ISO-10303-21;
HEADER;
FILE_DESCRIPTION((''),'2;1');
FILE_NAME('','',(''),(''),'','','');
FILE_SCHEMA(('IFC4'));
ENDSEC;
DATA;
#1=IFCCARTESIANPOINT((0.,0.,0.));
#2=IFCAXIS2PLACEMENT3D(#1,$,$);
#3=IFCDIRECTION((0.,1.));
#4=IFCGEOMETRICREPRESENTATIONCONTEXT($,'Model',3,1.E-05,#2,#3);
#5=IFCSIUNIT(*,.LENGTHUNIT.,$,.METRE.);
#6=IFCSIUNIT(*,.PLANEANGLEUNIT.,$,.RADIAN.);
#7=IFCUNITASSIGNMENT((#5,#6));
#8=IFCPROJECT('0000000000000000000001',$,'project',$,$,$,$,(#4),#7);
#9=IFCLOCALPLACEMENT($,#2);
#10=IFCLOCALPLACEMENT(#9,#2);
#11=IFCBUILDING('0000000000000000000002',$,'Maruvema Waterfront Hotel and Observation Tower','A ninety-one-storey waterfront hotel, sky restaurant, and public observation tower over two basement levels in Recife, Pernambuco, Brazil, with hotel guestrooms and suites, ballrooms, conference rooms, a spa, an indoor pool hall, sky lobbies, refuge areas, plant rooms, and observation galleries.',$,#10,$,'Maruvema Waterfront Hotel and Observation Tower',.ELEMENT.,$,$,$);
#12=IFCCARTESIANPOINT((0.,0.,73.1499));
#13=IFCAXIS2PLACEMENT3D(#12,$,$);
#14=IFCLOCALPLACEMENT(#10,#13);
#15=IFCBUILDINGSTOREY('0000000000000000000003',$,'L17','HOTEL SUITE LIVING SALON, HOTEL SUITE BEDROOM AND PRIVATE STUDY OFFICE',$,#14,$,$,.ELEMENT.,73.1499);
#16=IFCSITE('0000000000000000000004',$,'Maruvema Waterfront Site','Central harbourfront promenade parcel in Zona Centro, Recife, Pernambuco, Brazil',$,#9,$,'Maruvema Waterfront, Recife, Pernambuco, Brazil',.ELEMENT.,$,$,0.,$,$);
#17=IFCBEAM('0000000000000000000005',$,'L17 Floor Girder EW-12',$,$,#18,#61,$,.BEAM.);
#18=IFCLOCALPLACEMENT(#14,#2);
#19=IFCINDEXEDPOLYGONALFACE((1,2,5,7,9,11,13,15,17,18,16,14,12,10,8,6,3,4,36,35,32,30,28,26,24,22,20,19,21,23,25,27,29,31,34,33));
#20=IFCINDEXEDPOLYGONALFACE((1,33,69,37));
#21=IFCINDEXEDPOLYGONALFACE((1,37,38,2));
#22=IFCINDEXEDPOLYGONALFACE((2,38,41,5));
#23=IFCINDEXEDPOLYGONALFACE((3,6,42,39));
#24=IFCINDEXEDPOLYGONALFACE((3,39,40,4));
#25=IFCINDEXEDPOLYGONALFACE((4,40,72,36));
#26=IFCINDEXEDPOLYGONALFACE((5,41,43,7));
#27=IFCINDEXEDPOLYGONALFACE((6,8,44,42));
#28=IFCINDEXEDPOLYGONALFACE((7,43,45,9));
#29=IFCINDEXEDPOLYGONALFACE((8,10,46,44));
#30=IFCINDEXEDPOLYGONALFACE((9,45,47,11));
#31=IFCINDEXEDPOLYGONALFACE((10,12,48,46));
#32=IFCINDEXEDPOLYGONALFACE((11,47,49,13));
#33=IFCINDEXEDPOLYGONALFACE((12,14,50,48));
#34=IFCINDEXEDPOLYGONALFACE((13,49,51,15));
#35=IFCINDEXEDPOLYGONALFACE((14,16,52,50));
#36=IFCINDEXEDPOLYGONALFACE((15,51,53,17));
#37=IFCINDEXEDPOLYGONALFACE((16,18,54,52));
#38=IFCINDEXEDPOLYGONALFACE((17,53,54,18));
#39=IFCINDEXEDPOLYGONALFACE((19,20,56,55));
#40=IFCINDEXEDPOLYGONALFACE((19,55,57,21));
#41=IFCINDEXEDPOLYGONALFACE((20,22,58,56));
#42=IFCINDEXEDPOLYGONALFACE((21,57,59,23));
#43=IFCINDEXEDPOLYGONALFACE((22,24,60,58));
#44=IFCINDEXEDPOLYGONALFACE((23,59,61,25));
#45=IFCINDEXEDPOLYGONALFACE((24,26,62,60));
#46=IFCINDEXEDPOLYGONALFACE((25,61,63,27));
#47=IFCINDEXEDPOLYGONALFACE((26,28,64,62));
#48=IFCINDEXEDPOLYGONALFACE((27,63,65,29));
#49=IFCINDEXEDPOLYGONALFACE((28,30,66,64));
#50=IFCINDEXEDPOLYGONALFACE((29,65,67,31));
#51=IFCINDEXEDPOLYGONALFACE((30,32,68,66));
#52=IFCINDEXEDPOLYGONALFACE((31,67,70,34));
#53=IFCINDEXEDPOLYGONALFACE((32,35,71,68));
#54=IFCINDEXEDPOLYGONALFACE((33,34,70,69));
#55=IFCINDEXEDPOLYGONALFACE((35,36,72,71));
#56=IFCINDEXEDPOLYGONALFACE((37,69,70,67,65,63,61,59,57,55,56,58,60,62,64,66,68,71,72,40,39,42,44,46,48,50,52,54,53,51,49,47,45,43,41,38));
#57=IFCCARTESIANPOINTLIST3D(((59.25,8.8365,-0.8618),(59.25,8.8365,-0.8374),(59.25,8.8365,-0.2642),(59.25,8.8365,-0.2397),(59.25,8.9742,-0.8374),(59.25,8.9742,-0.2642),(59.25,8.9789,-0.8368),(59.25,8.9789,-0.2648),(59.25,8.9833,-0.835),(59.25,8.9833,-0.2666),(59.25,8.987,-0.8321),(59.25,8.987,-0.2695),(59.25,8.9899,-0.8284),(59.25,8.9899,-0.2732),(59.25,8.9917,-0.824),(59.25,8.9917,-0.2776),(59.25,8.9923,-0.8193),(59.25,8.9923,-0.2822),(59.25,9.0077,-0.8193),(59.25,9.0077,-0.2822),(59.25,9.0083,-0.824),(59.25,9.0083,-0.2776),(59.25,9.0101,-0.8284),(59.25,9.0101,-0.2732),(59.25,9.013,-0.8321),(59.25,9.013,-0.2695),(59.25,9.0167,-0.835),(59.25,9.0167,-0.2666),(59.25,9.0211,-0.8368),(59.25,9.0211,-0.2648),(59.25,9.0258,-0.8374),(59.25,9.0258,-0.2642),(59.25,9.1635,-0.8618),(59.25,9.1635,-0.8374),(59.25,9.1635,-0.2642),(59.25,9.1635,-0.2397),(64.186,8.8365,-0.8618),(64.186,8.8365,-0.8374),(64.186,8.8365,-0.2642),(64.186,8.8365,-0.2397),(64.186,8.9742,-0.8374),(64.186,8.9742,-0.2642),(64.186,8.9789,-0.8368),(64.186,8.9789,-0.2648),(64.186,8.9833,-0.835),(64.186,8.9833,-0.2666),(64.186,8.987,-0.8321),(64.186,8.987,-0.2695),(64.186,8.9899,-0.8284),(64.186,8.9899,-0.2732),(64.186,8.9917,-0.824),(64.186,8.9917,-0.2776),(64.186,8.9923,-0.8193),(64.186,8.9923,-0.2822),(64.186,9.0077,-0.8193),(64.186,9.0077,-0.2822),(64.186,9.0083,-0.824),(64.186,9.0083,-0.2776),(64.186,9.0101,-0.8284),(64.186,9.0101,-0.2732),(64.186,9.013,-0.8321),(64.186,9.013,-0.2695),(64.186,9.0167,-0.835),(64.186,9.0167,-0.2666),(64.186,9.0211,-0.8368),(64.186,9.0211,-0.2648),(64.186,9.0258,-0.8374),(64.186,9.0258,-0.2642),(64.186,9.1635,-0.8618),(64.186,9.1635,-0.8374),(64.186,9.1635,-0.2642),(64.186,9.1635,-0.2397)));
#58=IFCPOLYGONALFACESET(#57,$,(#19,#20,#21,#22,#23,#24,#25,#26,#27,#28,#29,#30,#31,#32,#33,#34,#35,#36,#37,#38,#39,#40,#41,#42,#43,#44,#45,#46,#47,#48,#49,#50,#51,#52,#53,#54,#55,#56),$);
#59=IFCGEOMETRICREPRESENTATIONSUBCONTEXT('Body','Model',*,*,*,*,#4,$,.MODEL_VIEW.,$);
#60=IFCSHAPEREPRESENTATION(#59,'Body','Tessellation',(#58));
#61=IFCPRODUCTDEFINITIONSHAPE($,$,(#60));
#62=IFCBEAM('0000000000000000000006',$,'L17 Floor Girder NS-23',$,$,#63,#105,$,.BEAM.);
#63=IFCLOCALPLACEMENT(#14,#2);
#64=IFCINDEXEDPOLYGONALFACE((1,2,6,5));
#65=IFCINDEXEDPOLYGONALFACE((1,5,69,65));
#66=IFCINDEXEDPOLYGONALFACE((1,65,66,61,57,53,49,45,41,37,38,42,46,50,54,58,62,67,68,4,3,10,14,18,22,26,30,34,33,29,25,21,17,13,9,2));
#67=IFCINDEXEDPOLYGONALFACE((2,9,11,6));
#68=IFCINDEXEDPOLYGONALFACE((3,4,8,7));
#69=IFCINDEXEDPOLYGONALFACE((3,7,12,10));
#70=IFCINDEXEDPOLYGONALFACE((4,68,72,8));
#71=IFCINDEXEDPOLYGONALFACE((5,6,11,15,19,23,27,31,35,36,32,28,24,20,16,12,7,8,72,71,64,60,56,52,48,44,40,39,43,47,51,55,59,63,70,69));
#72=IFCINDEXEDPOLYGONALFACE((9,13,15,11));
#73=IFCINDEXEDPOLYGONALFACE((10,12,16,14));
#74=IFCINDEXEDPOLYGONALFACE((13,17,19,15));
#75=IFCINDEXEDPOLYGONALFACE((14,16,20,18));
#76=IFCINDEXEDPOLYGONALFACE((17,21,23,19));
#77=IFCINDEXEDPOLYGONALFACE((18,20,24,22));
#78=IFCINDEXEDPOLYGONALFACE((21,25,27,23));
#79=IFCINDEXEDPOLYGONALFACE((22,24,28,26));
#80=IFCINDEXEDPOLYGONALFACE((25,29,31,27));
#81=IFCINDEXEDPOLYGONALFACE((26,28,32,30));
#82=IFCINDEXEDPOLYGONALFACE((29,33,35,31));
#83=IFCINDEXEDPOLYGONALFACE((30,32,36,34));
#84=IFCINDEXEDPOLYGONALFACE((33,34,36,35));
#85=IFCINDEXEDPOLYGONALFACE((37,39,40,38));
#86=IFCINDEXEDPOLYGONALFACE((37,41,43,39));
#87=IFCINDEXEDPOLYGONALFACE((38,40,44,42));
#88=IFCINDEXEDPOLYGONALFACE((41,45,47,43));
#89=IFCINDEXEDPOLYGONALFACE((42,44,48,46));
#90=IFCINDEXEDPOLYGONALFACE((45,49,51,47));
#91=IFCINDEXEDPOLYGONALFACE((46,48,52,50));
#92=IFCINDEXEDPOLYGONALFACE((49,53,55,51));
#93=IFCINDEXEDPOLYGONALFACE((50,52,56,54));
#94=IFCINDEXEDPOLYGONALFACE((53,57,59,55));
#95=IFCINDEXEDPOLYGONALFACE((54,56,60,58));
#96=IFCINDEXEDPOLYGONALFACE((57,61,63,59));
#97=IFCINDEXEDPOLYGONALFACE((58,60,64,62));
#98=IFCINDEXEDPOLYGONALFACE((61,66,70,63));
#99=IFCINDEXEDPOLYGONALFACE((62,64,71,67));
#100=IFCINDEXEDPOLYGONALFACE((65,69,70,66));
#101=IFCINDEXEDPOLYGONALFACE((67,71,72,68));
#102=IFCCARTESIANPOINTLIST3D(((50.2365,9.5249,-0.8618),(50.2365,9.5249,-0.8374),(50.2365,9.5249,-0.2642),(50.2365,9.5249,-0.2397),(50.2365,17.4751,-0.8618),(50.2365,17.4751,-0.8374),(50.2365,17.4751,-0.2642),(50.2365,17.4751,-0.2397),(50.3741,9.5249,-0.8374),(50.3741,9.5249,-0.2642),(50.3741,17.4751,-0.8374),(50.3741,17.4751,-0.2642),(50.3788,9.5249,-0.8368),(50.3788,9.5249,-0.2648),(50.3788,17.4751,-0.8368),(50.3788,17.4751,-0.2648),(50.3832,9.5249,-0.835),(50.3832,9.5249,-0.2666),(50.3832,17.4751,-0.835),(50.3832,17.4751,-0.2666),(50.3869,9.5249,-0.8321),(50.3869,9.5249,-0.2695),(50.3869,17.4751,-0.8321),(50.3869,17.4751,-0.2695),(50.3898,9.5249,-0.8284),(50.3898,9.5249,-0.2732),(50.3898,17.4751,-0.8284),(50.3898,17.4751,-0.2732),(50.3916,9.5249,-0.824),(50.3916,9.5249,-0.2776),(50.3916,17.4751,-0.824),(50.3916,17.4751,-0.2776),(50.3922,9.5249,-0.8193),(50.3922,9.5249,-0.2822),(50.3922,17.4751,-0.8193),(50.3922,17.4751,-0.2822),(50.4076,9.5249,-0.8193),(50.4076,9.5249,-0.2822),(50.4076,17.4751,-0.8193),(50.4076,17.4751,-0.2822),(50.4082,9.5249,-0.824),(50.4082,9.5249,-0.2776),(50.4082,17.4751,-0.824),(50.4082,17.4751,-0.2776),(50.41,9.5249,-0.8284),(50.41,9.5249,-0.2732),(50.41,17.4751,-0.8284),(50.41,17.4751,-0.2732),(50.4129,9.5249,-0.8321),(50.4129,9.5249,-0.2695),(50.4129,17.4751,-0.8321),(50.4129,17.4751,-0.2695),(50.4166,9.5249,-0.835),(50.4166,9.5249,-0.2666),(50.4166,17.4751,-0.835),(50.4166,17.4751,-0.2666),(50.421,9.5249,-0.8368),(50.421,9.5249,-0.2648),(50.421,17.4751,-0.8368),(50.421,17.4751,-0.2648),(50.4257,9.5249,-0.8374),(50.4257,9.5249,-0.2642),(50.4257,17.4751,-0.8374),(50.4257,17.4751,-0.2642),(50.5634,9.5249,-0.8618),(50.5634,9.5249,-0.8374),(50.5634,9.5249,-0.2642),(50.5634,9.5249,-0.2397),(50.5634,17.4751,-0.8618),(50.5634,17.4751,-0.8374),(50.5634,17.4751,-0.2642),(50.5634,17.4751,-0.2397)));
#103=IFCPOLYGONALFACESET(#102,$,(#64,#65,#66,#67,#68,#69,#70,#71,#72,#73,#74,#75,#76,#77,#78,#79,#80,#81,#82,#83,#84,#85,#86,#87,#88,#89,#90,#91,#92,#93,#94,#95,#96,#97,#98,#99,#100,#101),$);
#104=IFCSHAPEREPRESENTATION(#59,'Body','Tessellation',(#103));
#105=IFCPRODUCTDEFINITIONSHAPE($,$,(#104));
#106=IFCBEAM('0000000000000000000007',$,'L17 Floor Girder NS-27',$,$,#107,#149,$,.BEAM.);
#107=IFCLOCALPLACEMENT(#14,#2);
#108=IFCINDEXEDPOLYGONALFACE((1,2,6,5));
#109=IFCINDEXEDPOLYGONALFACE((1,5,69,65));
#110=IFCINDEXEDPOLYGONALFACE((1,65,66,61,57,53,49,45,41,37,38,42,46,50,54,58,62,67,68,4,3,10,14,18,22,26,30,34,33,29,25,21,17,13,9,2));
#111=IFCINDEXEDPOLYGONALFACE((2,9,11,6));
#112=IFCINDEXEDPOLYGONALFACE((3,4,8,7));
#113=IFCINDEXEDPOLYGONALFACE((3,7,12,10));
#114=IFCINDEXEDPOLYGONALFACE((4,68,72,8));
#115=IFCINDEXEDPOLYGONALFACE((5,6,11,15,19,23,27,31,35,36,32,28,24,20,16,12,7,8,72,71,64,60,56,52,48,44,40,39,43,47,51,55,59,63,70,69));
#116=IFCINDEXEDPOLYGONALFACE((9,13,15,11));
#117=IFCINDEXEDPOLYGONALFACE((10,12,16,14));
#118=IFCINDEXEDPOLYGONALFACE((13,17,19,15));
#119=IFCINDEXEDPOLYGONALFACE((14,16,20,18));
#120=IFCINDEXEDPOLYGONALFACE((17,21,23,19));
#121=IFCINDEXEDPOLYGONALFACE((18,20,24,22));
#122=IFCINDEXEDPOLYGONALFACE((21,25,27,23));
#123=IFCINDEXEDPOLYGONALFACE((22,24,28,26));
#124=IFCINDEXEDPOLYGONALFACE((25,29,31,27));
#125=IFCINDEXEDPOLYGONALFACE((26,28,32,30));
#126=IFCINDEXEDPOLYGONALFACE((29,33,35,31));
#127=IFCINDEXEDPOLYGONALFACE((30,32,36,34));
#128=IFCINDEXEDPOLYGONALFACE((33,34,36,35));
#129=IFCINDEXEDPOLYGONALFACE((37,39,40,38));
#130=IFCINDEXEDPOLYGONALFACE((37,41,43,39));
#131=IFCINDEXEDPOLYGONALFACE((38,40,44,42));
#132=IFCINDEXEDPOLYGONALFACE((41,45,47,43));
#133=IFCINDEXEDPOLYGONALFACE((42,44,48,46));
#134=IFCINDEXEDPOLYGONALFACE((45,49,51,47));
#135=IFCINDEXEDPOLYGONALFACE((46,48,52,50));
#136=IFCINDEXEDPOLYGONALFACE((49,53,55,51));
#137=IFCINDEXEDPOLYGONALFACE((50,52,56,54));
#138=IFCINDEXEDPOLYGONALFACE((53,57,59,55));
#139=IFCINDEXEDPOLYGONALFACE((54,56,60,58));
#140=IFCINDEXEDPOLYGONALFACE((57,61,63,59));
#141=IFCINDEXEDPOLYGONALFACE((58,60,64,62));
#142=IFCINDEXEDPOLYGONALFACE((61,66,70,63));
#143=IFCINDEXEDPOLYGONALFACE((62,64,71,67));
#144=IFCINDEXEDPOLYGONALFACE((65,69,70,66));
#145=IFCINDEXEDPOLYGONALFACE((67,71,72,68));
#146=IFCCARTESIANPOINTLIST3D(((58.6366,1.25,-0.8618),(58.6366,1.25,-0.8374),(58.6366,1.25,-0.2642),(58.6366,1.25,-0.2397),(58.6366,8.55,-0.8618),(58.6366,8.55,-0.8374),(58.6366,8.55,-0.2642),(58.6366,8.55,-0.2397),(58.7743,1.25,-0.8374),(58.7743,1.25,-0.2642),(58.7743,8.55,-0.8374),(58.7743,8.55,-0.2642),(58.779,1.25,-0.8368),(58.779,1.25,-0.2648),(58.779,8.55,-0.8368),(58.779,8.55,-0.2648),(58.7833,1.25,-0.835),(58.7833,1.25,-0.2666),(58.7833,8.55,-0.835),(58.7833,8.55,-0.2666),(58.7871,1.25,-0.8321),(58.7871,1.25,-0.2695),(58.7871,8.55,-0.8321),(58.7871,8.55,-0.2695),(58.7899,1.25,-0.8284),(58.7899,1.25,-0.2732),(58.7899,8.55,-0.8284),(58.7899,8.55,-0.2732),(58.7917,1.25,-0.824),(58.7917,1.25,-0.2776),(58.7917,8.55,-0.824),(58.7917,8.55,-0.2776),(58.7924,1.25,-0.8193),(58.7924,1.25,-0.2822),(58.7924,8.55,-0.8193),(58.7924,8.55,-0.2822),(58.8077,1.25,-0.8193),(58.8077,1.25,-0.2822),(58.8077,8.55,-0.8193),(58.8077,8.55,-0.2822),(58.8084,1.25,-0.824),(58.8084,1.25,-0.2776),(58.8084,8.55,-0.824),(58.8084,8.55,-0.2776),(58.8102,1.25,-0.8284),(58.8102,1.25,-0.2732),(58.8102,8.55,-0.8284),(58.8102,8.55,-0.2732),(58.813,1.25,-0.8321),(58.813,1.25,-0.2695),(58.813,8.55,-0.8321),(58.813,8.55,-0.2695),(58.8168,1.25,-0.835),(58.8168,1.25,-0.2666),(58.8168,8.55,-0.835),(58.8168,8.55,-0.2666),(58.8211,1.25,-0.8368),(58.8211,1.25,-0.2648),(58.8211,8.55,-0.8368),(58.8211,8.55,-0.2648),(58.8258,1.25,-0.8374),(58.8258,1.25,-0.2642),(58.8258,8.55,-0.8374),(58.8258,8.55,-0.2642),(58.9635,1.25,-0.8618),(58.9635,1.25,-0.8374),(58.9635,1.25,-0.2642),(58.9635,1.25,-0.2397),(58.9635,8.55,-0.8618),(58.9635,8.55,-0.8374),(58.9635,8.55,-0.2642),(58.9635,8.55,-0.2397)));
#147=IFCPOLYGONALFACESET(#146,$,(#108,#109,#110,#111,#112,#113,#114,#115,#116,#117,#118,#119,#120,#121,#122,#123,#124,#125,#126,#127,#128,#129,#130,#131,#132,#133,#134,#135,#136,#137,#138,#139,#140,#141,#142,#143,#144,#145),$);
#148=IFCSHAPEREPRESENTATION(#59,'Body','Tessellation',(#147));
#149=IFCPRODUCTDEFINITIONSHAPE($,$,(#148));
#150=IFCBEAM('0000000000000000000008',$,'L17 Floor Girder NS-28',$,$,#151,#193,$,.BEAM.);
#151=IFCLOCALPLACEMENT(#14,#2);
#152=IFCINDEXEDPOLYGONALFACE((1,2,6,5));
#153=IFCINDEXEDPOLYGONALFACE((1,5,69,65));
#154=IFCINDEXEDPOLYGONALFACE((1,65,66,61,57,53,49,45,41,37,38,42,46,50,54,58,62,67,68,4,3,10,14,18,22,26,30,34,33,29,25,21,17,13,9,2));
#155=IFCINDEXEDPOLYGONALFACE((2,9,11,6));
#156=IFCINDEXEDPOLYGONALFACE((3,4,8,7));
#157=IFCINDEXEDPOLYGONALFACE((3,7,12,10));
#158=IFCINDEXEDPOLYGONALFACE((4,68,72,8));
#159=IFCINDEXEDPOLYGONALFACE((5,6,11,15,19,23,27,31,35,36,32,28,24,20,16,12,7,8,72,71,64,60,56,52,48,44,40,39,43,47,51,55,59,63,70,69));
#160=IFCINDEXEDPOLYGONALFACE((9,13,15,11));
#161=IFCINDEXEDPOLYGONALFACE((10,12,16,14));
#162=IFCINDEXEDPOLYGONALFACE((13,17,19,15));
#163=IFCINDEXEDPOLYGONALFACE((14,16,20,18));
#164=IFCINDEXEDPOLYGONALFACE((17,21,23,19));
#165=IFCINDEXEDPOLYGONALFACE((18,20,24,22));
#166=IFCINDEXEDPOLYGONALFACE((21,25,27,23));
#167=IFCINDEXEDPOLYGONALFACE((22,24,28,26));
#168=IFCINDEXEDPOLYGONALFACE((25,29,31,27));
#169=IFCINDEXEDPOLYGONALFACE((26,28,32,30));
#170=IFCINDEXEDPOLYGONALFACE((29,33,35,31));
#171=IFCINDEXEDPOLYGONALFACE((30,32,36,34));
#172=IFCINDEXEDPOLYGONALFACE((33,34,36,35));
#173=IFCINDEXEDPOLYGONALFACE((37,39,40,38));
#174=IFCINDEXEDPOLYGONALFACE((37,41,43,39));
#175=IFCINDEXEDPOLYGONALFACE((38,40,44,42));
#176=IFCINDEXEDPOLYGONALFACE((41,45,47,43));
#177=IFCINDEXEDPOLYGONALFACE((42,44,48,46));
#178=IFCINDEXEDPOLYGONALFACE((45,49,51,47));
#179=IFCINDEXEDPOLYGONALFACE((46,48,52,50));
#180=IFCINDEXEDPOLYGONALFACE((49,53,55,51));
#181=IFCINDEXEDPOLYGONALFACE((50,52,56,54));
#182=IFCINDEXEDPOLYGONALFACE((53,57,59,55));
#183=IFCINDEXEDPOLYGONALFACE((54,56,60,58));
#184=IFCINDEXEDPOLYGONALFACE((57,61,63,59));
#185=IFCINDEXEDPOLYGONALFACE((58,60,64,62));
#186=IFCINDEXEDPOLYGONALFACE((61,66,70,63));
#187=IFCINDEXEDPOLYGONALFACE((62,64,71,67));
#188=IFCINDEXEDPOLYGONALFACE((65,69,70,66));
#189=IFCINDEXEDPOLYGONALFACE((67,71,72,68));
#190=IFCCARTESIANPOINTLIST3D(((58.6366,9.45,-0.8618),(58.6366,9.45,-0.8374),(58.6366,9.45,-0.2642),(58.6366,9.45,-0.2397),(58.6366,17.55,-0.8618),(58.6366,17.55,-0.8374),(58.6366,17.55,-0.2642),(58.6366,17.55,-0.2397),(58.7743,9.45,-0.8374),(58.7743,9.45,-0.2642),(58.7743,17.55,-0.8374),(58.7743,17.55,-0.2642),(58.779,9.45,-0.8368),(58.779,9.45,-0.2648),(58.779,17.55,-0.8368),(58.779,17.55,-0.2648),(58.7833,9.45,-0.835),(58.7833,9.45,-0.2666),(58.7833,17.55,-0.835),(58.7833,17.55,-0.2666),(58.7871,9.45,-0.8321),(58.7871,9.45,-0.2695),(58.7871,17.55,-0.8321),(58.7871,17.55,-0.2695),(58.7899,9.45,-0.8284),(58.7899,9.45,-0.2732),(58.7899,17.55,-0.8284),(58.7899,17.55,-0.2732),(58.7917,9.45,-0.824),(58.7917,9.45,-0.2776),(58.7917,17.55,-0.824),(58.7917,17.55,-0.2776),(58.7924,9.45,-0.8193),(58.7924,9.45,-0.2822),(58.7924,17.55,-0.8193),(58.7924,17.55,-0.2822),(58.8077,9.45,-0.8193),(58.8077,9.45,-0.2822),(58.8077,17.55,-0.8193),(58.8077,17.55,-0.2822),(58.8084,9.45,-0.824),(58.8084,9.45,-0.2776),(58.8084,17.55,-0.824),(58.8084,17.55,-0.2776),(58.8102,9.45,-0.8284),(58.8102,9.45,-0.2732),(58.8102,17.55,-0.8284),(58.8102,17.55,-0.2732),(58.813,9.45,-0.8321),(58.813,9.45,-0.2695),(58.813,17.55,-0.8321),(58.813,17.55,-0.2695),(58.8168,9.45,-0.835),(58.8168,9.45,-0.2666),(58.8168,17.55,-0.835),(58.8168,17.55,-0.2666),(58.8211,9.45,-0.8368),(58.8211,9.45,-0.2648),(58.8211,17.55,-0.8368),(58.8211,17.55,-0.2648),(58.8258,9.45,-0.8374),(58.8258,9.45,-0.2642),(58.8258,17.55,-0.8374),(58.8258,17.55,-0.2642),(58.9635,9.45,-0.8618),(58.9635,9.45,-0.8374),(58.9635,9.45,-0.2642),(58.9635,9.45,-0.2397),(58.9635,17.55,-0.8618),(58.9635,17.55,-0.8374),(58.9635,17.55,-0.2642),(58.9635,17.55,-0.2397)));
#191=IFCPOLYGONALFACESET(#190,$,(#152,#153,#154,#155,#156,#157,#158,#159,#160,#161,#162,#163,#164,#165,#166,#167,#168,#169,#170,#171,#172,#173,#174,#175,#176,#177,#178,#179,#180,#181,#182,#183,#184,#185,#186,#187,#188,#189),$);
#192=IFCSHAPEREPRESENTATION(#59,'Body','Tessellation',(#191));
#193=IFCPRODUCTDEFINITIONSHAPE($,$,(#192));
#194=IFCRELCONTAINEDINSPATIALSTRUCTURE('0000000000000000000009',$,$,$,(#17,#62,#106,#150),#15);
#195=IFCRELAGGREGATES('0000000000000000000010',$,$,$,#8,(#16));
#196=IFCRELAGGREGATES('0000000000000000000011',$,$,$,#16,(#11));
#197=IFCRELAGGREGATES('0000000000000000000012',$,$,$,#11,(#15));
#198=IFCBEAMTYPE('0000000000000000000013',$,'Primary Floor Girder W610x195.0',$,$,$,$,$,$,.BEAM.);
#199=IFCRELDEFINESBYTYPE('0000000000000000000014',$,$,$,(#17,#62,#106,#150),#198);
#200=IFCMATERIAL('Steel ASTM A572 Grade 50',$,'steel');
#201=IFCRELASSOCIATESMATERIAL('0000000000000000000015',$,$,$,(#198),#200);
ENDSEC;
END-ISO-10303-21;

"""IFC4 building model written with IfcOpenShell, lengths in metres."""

from ifc_helpers import new_model, si_unit, direction, frame, origin, origin_2d, place, context, subcontext, project, spatial, i_section, extrude, material, material_profile, profile_set, type_object, element, save


model = new_model("IFC4")

# Units and contexts
model_context = context("Model", 3, precision=1e-05, world=origin(), true_north=direction((0.0, 1.0)))
body_context = subcontext(model_context, "Body", "Model", "MODEL_VIEW")
ifc_project = project(units=[si_unit("LENGTHUNIT", "METRE"), si_unit("PLANEANGLEUNIT", "RADIAN")], contexts=[model_context])

# Site, building, storey
site_placement = place(None, origin())
site = spatial("IfcSite", under=ifc_project, at=site_placement, Name="Maruvema Waterfront Site", Description="Central harbourfront promenade parcel in Zona Centro, Recife, Pernambuco, Brazil", LongName="Maruvema Waterfront, Recife, Pernambuco, Brazil", CompositionType="ELEMENT", RefElevation=0.0)
building_placement = place(site_placement, origin())
building = spatial("IfcBuilding", under=site, at=building_placement, Name="Maruvema Waterfront Hotel and Observation Tower", Description="A ninety-one-storey waterfront hotel, sky restaurant, and public observation tower over two basement levels in Recife, Pernambuco, Brazil, with hotel guestrooms and suites, ballrooms, conference rooms, a spa, an indoor pool hall, sky lobbies, refuge areas, plant rooms, and observation galleries.", LongName="Maruvema Waterfront Hotel and Observation Tower", CompositionType="ELEMENT")
storey_placement = place(building_placement, frame((0.0, 0.0, 73.1499)))
storey = spatial("IfcBuildingStorey", under=building, at=storey_placement, Name="L17", Description="HOTEL SUITE LIVING SALON, HOTEL SUITE BEDROOM AND PRIVATE STUDY OFFICE", CompositionType="ELEMENT", Elevation=73.1499)

# Beams
ifc_material_1 = material(Name="Steel ASTM A572 Grade 50", Category="steel")
ifc_material_profile_1 = material_profile(ifc_material_1, i_section(OverallWidth=0.3269, OverallDepth=0.6221, WebThickness=0.0154, FlangeThickness=0.0244, FilletRadius=0.0181, at=origin_2d()), Name="W610x195.0")
ifc_profile_set_1 = profile_set([ifc_material_profile_1], Name="Steel ASTM A572 Grade 50")
beam_type_1 = type_object("IfcBeamType", Name="Primary Floor Girder W610x195.0", PredefinedType="BEAM", material=ifc_profile_set_1)
beam_1_placement = place(storey_placement, frame((59.25, 9.0, -0.5508), z_axis=(1.0, 0.0, 0.0), x_axis=(0.0, 1.0, 0.0)))
element("IfcBeam", 1, at=beam_1_placement, inside=storey, type_object=beam_type_1, Name="L17 Floor Girder EW-12", PredefinedType="BEAM", context=body_context, shape_type="SweptSolid", body=[
    extrude(i_section(OverallWidth=0.3269, OverallDepth=0.6221, WebThickness=0.0154, FlangeThickness=0.0244, FilletRadius=0.0181, at=origin_2d()), origin(), (0.0, 0.0, 1.0), 4.936),
])
beam_2_placement = place(storey_placement, frame((50.3999, 9.5249, -0.5508), z_axis=(0.0, 1.0, 0.0), x_axis=(-1.0, 0.0, 0.0)))
element("IfcBeam", 2, at=beam_2_placement, inside=storey, type_object=beam_type_1, Name="L17 Floor Girder NS-23", PredefinedType="BEAM", context=body_context, shape_type="SweptSolid", body=[
    extrude(i_section(OverallWidth=0.3269, OverallDepth=0.6221, WebThickness=0.0154, FlangeThickness=0.0244, FilletRadius=0.0181, at=origin_2d()), origin(), (0.0, 0.0, 1.0), 7.9502),
])
beam_3_placement = place(storey_placement, frame((58.8, 1.25, -0.5508), z_axis=(0.0, 1.0, 0.0), x_axis=(-1.0, 0.0, 0.0)))
element("IfcBeam", 3, at=beam_3_placement, inside=storey, type_object=beam_type_1, Name="L17 Floor Girder NS-27", PredefinedType="BEAM", context=body_context, shape_type="SweptSolid", body=[
    extrude(i_section(OverallWidth=0.3269, OverallDepth=0.6221, WebThickness=0.0154, FlangeThickness=0.0244, FilletRadius=0.0181, at=origin_2d()), origin(), (0.0, 0.0, 1.0), 7.3),
])
beam_4_placement = place(storey_placement, frame((58.8, 9.45, -0.5508), z_axis=(0.0, 1.0, 0.0), x_axis=(-1.0, 0.0, 0.0)))
element("IfcBeam", 4, at=beam_4_placement, inside=storey, type_object=beam_type_1, Name="L17 Floor Girder NS-28", PredefinedType="BEAM", context=body_context, shape_type="SweptSolid", body=[
    extrude(i_section(OverallWidth=0.3269, OverallDepth=0.6221, WebThickness=0.0154, FlangeThickness=0.0244, FilletRadius=0.0181, at=origin_2d()), origin(), (0.0, 0.0, 1.0), 8.1001),
])

save(model, "model.ifc")
